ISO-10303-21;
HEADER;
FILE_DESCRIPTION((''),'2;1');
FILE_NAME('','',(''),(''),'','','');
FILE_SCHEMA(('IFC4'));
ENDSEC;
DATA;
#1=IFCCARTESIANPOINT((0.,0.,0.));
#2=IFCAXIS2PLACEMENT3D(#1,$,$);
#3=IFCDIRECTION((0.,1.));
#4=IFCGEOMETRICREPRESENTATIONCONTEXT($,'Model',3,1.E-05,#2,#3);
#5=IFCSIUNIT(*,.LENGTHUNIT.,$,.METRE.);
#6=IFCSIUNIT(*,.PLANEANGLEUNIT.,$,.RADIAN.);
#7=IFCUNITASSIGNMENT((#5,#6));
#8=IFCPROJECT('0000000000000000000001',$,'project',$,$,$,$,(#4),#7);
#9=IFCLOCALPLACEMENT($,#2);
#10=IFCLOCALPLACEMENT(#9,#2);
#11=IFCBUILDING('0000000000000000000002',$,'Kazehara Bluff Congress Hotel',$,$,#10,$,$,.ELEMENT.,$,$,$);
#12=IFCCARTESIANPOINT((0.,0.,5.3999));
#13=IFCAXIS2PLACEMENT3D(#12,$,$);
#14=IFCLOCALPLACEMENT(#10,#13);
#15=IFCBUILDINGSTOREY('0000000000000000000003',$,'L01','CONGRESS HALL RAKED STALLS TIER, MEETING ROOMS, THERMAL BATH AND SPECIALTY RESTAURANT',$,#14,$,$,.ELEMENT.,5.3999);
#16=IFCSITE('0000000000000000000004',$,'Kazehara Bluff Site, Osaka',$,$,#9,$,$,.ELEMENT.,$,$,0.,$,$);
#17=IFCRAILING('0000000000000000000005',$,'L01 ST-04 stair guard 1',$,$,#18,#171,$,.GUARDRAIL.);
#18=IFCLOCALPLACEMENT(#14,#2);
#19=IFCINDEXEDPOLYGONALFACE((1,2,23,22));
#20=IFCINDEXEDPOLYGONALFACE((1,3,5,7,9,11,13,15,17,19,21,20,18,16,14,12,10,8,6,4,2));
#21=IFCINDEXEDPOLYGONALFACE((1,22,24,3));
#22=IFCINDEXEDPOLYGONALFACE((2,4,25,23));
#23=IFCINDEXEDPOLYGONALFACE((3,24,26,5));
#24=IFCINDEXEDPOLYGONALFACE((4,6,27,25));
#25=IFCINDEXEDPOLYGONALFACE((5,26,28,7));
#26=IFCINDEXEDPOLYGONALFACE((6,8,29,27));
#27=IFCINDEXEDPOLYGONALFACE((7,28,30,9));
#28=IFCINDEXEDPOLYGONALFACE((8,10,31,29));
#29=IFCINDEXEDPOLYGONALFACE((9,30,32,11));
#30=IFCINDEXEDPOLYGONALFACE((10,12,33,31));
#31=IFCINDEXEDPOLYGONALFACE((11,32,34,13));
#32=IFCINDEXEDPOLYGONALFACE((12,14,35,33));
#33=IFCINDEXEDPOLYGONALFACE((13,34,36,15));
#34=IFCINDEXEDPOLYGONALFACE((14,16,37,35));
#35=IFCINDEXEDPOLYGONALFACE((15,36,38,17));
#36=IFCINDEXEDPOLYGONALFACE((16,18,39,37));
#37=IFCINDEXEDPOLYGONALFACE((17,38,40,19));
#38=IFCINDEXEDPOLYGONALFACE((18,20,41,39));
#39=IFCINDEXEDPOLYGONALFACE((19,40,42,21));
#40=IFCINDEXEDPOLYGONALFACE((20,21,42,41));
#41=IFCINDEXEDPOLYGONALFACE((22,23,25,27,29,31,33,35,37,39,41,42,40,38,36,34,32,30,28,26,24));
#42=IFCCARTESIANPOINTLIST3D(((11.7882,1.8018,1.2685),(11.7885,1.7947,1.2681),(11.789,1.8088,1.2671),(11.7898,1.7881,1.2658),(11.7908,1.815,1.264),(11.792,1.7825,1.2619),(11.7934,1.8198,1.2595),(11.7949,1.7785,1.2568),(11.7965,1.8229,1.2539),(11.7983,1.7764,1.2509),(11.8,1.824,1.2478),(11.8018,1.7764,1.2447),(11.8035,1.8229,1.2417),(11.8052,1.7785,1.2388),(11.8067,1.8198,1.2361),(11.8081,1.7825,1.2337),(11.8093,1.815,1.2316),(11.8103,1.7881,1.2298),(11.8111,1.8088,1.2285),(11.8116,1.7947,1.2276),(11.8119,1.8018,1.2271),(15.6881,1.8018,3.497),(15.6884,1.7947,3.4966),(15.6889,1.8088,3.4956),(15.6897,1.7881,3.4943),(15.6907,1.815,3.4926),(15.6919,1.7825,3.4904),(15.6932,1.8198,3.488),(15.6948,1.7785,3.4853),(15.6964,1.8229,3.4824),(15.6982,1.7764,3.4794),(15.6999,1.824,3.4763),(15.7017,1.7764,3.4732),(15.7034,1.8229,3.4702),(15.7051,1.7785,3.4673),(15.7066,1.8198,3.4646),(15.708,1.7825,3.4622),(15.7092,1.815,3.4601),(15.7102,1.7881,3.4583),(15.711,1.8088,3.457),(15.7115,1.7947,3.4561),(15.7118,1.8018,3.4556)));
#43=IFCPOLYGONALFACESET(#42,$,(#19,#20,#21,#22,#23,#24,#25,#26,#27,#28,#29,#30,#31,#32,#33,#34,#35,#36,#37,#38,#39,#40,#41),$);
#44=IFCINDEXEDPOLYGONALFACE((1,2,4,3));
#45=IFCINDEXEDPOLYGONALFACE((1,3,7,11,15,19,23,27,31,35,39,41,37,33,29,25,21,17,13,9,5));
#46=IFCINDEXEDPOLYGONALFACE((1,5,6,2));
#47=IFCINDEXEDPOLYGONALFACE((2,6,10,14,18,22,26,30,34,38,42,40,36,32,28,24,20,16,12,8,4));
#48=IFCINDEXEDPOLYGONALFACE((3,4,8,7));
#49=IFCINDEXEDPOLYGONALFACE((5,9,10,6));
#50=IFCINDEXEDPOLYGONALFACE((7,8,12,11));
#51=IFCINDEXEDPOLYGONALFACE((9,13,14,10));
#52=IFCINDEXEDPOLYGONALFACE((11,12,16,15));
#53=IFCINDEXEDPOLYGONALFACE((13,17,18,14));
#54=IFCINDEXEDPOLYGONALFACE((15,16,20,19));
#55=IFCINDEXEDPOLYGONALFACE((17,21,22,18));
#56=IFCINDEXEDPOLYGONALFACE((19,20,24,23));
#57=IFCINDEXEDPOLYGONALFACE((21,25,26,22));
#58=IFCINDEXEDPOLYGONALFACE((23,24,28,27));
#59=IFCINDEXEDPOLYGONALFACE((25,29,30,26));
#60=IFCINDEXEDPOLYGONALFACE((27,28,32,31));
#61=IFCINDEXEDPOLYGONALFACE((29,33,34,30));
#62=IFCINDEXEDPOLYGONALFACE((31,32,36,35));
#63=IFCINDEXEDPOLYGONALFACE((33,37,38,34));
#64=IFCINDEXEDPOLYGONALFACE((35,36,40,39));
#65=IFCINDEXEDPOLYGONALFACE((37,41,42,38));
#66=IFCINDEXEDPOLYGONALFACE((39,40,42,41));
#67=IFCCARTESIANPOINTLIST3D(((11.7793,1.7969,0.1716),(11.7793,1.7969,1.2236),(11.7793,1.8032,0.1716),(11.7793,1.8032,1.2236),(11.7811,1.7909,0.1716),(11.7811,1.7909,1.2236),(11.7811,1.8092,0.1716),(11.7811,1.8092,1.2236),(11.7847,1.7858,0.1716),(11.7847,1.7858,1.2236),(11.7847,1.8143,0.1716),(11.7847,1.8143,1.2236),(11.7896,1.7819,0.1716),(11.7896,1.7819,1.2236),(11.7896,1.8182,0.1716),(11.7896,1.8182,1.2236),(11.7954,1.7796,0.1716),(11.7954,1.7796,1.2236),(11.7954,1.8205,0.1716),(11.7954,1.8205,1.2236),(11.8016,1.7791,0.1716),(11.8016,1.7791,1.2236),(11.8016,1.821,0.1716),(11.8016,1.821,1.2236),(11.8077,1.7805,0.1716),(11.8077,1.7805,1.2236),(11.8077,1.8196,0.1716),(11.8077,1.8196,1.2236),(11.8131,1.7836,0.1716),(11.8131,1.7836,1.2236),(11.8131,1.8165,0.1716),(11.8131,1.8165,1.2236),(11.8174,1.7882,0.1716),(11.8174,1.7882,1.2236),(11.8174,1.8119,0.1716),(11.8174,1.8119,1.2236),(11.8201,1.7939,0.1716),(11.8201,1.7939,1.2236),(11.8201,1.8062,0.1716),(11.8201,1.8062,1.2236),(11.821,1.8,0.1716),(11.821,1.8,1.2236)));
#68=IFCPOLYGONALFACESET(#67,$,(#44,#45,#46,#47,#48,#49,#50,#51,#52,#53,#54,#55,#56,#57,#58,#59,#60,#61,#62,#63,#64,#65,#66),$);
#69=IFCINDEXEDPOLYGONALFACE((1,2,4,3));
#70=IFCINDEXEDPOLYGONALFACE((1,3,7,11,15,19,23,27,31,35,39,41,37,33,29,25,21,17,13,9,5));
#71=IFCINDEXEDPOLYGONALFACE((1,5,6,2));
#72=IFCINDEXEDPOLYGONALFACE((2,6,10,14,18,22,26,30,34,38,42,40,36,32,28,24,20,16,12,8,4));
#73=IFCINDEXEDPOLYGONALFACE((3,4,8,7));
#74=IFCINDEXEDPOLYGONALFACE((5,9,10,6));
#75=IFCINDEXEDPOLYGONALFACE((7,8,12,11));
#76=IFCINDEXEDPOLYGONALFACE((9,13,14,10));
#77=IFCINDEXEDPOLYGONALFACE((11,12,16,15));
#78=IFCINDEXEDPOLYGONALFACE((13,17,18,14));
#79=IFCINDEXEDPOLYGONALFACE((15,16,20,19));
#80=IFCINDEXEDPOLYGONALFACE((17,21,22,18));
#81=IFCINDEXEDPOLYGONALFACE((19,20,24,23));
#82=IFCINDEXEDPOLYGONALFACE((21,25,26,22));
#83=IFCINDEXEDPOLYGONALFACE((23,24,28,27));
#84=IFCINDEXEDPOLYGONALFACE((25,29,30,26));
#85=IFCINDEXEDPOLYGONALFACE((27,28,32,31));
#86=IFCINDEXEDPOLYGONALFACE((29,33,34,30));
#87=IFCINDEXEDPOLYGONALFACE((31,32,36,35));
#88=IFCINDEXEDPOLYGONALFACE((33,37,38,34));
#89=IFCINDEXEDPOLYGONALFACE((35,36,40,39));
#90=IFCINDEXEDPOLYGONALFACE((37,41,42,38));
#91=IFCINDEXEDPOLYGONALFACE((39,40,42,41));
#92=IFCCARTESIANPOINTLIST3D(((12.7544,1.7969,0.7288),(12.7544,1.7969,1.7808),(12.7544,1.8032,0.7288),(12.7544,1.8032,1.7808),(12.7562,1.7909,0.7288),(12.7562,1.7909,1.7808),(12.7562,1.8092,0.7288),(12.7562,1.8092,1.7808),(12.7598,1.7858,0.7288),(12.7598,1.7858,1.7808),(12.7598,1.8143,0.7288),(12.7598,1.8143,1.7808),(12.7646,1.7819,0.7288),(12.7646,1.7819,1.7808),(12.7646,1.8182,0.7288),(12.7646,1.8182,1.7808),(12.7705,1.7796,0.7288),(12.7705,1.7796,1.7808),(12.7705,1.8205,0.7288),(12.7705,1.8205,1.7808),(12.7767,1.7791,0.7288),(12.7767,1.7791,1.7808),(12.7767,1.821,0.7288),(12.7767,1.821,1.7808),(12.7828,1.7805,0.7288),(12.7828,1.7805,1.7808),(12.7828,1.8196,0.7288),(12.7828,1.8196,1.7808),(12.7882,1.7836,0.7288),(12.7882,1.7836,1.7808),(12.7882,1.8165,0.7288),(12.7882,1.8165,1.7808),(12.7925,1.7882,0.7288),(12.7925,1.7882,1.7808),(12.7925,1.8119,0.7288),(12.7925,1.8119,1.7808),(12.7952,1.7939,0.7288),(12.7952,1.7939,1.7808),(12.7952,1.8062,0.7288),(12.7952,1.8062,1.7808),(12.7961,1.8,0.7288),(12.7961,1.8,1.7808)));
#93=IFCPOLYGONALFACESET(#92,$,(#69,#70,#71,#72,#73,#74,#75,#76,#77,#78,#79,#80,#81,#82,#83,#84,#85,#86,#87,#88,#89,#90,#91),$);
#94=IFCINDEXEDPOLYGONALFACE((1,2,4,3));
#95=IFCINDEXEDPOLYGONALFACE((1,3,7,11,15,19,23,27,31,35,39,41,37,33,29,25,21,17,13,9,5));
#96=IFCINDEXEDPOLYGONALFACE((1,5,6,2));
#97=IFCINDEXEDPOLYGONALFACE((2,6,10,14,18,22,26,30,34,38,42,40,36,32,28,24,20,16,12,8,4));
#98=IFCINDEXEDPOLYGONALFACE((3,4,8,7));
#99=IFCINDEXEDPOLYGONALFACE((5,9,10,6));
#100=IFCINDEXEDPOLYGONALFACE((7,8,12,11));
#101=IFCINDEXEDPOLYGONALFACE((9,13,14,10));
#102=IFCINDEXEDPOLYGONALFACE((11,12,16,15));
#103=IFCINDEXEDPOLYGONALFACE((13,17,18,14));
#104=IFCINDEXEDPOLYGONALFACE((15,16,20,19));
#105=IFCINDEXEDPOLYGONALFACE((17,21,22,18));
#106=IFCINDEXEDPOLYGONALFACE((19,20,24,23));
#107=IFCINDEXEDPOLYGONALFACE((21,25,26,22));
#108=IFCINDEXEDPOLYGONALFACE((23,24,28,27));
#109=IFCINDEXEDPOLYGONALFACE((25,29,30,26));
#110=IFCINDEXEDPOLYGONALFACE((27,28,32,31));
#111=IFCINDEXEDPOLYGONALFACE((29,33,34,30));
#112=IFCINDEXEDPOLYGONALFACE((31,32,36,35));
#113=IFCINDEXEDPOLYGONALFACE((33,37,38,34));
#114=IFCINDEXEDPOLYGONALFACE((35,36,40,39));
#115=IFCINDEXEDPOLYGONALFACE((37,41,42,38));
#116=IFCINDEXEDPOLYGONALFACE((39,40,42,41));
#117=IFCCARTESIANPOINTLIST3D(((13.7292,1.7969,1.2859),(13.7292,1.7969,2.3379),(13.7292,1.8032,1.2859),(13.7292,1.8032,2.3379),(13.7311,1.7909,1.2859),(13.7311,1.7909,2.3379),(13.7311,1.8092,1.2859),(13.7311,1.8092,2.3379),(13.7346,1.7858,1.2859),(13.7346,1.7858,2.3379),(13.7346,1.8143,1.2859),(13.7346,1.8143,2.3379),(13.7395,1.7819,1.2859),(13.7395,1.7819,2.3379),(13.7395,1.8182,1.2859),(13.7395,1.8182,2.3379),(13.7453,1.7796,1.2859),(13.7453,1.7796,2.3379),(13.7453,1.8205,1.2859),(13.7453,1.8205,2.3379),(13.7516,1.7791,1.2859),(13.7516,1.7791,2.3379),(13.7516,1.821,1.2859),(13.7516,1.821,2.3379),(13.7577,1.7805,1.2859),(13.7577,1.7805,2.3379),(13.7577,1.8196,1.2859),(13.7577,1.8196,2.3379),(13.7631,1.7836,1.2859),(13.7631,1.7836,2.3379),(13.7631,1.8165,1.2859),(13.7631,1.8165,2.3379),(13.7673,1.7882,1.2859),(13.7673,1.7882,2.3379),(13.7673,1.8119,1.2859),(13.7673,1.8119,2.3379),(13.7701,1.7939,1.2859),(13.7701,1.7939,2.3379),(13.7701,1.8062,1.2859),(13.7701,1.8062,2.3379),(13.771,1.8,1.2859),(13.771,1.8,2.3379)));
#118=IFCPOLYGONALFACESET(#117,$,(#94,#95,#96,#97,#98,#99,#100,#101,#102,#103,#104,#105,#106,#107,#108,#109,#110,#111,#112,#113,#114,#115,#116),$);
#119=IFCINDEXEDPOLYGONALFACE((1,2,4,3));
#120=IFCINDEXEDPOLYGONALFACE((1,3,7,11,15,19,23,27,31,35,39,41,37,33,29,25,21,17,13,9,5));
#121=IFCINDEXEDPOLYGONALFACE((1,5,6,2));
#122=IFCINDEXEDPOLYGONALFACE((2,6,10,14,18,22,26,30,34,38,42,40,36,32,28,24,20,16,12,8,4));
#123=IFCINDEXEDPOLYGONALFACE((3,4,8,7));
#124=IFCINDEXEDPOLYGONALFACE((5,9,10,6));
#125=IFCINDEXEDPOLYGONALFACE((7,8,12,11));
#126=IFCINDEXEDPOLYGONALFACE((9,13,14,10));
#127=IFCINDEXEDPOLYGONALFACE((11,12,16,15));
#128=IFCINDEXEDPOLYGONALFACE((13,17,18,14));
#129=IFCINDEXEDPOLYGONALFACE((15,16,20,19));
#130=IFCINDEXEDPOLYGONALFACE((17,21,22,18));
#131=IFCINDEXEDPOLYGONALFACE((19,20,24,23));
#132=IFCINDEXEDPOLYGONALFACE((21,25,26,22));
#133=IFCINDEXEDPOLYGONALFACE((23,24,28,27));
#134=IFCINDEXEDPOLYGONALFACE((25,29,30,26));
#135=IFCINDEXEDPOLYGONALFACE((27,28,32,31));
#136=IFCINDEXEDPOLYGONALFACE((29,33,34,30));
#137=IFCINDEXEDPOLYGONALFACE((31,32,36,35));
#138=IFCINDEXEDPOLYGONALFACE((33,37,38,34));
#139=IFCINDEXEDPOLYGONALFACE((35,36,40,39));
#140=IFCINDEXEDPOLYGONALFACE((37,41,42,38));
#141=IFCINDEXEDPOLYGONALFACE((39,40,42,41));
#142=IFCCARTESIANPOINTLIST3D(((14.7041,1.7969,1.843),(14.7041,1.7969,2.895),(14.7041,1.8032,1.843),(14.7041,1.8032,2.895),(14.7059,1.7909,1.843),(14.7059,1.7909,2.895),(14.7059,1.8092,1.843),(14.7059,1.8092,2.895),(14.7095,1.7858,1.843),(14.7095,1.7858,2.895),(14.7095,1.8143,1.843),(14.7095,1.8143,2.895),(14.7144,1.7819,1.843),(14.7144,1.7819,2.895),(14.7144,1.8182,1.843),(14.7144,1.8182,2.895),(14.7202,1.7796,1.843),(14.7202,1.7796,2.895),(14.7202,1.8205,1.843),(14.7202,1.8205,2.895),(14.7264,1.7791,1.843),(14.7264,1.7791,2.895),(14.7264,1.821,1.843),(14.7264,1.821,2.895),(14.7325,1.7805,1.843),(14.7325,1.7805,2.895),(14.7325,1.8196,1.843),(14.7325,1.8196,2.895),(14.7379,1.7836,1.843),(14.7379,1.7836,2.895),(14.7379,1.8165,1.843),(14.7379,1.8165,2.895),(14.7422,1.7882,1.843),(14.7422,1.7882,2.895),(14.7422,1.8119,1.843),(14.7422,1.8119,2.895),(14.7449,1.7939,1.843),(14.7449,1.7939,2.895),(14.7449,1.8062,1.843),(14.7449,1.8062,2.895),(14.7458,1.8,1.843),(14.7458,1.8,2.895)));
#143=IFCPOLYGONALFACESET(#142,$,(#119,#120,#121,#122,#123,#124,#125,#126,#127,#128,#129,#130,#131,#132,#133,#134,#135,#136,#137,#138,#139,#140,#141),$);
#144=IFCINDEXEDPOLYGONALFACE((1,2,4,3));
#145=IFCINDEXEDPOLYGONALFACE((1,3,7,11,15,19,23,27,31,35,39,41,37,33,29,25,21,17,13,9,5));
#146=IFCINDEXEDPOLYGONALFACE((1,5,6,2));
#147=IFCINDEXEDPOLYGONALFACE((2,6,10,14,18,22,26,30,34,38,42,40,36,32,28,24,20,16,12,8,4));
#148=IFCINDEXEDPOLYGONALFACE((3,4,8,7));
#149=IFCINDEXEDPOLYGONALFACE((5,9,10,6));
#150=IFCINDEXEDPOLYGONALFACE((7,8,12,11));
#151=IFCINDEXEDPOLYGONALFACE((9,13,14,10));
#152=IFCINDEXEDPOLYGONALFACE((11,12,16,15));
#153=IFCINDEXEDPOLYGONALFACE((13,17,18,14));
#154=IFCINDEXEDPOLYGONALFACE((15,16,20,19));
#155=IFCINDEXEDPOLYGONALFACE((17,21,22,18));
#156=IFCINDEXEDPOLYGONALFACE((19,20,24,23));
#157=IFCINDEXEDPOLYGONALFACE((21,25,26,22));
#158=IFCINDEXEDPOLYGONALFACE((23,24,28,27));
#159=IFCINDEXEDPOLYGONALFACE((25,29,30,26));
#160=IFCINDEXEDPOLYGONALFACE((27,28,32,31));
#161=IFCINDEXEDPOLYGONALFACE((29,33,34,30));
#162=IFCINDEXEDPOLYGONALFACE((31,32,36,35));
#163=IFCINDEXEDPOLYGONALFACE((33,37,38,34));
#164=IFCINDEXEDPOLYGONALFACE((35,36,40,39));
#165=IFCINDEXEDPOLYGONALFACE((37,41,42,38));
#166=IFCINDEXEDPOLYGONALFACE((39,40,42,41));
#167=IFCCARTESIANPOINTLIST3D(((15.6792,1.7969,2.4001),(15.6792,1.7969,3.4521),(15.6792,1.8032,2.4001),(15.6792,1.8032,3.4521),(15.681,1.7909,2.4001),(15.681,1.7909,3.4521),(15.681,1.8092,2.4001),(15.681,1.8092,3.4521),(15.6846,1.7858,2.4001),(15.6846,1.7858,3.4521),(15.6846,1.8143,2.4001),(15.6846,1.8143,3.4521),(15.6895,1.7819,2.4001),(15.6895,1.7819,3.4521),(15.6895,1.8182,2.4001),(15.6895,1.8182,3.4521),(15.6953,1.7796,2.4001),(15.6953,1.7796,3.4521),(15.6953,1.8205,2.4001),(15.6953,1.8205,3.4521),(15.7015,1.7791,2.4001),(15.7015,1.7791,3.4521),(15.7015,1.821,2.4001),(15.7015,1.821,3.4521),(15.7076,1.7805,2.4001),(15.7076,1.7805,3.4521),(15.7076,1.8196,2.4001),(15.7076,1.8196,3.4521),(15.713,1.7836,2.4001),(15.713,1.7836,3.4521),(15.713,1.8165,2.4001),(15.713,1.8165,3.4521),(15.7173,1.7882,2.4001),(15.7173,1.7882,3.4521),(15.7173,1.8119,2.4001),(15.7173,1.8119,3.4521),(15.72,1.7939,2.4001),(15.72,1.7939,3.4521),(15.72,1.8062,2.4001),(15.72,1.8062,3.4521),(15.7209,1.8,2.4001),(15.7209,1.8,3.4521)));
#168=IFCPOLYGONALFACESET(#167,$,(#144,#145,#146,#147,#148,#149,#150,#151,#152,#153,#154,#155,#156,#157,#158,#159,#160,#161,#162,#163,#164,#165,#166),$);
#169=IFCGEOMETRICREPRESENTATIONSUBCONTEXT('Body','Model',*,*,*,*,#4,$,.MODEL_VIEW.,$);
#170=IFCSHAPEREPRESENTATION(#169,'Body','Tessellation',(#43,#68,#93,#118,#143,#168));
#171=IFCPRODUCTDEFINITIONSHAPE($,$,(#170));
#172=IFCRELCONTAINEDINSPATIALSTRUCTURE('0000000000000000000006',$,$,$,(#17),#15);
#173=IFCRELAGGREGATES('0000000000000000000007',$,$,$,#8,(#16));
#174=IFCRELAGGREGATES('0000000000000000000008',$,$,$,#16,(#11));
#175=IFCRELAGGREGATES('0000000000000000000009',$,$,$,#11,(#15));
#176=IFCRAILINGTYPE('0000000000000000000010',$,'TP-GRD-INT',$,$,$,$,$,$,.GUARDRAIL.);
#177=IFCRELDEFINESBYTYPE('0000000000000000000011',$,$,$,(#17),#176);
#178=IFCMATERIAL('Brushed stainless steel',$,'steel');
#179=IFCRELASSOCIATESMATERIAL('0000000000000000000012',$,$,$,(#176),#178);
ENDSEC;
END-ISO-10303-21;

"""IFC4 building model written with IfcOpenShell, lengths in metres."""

from ifc_helpers import new_model, si_unit, direction, frame, origin, origin_2d, place, context, subcontext, project, spatial, circle, extrude, material, type_object, element, save


model = new_model("IFC4")

# Units and contexts
model_context = context("Model", 3, precision=1e-05, world=origin(), true_north=direction((0.0, 1.0)))
body_context = subcontext(model_context, "Body", "Model", "MODEL_VIEW")
ifc_project = project(units=[si_unit("LENGTHUNIT", "METRE"), si_unit("PLANEANGLEUNIT", "RADIAN")], contexts=[model_context])

# Site, building, storey
site_placement = place(None, origin())
site = spatial("IfcSite", under=ifc_project, at=site_placement, Name="Kazehara Bluff Site, Osaka", CompositionType="ELEMENT", RefElevation=0.0)
building_placement = place(site_placement, origin())
building = spatial("IfcBuilding", under=site, at=building_placement, Name="Kazehara Bluff Congress Hotel", CompositionType="ELEMENT")
storey_placement = place(building_placement, frame((0.0, 0.0, 5.3999)))
storey = spatial("IfcBuildingStorey", under=building, at=storey_placement, Name="L01", Description="CONGRESS HALL RAKED STALLS TIER, MEETING ROOMS, THERMAL BATH AND SPECIALTY RESTAURANT", CompositionType="ELEMENT", Elevation=5.3999)

# Railing
ifc_material_1 = material(Name="Brushed stainless steel", Category="steel")
railing_type_1 = type_object("IfcRailingType", Name="TP-GRD-INT", PredefinedType="GUARDRAIL", material=ifc_material_1)
railing_1_placement = place(storey_placement, frame((11.8, 1.8, 0.1716)))
element("IfcRailing", 1, at=railing_1_placement, inside=storey, type_object=railing_type_1, Name="L01 ST-04 stair guard 1", PredefinedType="GUARDRAIL", context=body_context, shape_type="SweptSolid", body=[
    extrude(circle(Radius=0.0239, at=origin_2d()), frame((0.0, 0.0, 1.0762), z_axis=(0.868243, 0.0, 0.496139), x_axis=(0.0, 1.0, 0.0)), (0.0, 0.0, 1.0), 4.4917),
    extrude(circle(Radius=0.021, at=origin_2d()), origin(), (0.0, 0.0, 1.0), 1.052),
    extrude(circle(Radius=0.021, at=origin_2d()), frame((0.9751, 0.0, 0.5571)), (0.0, 0.0, 1.0), 1.052),
    extrude(circle(Radius=0.021, at=origin_2d()), frame((1.95, 0.0, 1.1143)), (0.0, 0.0, 1.0), 1.052),
    extrude(circle(Radius=0.021, at=origin_2d()), frame((2.9248, 0.0, 1.6714)), (0.0, 0.0, 1.0), 1.052),
    extrude(circle(Radius=0.021, at=origin_2d()), frame((3.8999, 0.0, 2.2285)), (0.0, 0.0, 1.0), 1.052),
])

save(model, "model.ifc")
